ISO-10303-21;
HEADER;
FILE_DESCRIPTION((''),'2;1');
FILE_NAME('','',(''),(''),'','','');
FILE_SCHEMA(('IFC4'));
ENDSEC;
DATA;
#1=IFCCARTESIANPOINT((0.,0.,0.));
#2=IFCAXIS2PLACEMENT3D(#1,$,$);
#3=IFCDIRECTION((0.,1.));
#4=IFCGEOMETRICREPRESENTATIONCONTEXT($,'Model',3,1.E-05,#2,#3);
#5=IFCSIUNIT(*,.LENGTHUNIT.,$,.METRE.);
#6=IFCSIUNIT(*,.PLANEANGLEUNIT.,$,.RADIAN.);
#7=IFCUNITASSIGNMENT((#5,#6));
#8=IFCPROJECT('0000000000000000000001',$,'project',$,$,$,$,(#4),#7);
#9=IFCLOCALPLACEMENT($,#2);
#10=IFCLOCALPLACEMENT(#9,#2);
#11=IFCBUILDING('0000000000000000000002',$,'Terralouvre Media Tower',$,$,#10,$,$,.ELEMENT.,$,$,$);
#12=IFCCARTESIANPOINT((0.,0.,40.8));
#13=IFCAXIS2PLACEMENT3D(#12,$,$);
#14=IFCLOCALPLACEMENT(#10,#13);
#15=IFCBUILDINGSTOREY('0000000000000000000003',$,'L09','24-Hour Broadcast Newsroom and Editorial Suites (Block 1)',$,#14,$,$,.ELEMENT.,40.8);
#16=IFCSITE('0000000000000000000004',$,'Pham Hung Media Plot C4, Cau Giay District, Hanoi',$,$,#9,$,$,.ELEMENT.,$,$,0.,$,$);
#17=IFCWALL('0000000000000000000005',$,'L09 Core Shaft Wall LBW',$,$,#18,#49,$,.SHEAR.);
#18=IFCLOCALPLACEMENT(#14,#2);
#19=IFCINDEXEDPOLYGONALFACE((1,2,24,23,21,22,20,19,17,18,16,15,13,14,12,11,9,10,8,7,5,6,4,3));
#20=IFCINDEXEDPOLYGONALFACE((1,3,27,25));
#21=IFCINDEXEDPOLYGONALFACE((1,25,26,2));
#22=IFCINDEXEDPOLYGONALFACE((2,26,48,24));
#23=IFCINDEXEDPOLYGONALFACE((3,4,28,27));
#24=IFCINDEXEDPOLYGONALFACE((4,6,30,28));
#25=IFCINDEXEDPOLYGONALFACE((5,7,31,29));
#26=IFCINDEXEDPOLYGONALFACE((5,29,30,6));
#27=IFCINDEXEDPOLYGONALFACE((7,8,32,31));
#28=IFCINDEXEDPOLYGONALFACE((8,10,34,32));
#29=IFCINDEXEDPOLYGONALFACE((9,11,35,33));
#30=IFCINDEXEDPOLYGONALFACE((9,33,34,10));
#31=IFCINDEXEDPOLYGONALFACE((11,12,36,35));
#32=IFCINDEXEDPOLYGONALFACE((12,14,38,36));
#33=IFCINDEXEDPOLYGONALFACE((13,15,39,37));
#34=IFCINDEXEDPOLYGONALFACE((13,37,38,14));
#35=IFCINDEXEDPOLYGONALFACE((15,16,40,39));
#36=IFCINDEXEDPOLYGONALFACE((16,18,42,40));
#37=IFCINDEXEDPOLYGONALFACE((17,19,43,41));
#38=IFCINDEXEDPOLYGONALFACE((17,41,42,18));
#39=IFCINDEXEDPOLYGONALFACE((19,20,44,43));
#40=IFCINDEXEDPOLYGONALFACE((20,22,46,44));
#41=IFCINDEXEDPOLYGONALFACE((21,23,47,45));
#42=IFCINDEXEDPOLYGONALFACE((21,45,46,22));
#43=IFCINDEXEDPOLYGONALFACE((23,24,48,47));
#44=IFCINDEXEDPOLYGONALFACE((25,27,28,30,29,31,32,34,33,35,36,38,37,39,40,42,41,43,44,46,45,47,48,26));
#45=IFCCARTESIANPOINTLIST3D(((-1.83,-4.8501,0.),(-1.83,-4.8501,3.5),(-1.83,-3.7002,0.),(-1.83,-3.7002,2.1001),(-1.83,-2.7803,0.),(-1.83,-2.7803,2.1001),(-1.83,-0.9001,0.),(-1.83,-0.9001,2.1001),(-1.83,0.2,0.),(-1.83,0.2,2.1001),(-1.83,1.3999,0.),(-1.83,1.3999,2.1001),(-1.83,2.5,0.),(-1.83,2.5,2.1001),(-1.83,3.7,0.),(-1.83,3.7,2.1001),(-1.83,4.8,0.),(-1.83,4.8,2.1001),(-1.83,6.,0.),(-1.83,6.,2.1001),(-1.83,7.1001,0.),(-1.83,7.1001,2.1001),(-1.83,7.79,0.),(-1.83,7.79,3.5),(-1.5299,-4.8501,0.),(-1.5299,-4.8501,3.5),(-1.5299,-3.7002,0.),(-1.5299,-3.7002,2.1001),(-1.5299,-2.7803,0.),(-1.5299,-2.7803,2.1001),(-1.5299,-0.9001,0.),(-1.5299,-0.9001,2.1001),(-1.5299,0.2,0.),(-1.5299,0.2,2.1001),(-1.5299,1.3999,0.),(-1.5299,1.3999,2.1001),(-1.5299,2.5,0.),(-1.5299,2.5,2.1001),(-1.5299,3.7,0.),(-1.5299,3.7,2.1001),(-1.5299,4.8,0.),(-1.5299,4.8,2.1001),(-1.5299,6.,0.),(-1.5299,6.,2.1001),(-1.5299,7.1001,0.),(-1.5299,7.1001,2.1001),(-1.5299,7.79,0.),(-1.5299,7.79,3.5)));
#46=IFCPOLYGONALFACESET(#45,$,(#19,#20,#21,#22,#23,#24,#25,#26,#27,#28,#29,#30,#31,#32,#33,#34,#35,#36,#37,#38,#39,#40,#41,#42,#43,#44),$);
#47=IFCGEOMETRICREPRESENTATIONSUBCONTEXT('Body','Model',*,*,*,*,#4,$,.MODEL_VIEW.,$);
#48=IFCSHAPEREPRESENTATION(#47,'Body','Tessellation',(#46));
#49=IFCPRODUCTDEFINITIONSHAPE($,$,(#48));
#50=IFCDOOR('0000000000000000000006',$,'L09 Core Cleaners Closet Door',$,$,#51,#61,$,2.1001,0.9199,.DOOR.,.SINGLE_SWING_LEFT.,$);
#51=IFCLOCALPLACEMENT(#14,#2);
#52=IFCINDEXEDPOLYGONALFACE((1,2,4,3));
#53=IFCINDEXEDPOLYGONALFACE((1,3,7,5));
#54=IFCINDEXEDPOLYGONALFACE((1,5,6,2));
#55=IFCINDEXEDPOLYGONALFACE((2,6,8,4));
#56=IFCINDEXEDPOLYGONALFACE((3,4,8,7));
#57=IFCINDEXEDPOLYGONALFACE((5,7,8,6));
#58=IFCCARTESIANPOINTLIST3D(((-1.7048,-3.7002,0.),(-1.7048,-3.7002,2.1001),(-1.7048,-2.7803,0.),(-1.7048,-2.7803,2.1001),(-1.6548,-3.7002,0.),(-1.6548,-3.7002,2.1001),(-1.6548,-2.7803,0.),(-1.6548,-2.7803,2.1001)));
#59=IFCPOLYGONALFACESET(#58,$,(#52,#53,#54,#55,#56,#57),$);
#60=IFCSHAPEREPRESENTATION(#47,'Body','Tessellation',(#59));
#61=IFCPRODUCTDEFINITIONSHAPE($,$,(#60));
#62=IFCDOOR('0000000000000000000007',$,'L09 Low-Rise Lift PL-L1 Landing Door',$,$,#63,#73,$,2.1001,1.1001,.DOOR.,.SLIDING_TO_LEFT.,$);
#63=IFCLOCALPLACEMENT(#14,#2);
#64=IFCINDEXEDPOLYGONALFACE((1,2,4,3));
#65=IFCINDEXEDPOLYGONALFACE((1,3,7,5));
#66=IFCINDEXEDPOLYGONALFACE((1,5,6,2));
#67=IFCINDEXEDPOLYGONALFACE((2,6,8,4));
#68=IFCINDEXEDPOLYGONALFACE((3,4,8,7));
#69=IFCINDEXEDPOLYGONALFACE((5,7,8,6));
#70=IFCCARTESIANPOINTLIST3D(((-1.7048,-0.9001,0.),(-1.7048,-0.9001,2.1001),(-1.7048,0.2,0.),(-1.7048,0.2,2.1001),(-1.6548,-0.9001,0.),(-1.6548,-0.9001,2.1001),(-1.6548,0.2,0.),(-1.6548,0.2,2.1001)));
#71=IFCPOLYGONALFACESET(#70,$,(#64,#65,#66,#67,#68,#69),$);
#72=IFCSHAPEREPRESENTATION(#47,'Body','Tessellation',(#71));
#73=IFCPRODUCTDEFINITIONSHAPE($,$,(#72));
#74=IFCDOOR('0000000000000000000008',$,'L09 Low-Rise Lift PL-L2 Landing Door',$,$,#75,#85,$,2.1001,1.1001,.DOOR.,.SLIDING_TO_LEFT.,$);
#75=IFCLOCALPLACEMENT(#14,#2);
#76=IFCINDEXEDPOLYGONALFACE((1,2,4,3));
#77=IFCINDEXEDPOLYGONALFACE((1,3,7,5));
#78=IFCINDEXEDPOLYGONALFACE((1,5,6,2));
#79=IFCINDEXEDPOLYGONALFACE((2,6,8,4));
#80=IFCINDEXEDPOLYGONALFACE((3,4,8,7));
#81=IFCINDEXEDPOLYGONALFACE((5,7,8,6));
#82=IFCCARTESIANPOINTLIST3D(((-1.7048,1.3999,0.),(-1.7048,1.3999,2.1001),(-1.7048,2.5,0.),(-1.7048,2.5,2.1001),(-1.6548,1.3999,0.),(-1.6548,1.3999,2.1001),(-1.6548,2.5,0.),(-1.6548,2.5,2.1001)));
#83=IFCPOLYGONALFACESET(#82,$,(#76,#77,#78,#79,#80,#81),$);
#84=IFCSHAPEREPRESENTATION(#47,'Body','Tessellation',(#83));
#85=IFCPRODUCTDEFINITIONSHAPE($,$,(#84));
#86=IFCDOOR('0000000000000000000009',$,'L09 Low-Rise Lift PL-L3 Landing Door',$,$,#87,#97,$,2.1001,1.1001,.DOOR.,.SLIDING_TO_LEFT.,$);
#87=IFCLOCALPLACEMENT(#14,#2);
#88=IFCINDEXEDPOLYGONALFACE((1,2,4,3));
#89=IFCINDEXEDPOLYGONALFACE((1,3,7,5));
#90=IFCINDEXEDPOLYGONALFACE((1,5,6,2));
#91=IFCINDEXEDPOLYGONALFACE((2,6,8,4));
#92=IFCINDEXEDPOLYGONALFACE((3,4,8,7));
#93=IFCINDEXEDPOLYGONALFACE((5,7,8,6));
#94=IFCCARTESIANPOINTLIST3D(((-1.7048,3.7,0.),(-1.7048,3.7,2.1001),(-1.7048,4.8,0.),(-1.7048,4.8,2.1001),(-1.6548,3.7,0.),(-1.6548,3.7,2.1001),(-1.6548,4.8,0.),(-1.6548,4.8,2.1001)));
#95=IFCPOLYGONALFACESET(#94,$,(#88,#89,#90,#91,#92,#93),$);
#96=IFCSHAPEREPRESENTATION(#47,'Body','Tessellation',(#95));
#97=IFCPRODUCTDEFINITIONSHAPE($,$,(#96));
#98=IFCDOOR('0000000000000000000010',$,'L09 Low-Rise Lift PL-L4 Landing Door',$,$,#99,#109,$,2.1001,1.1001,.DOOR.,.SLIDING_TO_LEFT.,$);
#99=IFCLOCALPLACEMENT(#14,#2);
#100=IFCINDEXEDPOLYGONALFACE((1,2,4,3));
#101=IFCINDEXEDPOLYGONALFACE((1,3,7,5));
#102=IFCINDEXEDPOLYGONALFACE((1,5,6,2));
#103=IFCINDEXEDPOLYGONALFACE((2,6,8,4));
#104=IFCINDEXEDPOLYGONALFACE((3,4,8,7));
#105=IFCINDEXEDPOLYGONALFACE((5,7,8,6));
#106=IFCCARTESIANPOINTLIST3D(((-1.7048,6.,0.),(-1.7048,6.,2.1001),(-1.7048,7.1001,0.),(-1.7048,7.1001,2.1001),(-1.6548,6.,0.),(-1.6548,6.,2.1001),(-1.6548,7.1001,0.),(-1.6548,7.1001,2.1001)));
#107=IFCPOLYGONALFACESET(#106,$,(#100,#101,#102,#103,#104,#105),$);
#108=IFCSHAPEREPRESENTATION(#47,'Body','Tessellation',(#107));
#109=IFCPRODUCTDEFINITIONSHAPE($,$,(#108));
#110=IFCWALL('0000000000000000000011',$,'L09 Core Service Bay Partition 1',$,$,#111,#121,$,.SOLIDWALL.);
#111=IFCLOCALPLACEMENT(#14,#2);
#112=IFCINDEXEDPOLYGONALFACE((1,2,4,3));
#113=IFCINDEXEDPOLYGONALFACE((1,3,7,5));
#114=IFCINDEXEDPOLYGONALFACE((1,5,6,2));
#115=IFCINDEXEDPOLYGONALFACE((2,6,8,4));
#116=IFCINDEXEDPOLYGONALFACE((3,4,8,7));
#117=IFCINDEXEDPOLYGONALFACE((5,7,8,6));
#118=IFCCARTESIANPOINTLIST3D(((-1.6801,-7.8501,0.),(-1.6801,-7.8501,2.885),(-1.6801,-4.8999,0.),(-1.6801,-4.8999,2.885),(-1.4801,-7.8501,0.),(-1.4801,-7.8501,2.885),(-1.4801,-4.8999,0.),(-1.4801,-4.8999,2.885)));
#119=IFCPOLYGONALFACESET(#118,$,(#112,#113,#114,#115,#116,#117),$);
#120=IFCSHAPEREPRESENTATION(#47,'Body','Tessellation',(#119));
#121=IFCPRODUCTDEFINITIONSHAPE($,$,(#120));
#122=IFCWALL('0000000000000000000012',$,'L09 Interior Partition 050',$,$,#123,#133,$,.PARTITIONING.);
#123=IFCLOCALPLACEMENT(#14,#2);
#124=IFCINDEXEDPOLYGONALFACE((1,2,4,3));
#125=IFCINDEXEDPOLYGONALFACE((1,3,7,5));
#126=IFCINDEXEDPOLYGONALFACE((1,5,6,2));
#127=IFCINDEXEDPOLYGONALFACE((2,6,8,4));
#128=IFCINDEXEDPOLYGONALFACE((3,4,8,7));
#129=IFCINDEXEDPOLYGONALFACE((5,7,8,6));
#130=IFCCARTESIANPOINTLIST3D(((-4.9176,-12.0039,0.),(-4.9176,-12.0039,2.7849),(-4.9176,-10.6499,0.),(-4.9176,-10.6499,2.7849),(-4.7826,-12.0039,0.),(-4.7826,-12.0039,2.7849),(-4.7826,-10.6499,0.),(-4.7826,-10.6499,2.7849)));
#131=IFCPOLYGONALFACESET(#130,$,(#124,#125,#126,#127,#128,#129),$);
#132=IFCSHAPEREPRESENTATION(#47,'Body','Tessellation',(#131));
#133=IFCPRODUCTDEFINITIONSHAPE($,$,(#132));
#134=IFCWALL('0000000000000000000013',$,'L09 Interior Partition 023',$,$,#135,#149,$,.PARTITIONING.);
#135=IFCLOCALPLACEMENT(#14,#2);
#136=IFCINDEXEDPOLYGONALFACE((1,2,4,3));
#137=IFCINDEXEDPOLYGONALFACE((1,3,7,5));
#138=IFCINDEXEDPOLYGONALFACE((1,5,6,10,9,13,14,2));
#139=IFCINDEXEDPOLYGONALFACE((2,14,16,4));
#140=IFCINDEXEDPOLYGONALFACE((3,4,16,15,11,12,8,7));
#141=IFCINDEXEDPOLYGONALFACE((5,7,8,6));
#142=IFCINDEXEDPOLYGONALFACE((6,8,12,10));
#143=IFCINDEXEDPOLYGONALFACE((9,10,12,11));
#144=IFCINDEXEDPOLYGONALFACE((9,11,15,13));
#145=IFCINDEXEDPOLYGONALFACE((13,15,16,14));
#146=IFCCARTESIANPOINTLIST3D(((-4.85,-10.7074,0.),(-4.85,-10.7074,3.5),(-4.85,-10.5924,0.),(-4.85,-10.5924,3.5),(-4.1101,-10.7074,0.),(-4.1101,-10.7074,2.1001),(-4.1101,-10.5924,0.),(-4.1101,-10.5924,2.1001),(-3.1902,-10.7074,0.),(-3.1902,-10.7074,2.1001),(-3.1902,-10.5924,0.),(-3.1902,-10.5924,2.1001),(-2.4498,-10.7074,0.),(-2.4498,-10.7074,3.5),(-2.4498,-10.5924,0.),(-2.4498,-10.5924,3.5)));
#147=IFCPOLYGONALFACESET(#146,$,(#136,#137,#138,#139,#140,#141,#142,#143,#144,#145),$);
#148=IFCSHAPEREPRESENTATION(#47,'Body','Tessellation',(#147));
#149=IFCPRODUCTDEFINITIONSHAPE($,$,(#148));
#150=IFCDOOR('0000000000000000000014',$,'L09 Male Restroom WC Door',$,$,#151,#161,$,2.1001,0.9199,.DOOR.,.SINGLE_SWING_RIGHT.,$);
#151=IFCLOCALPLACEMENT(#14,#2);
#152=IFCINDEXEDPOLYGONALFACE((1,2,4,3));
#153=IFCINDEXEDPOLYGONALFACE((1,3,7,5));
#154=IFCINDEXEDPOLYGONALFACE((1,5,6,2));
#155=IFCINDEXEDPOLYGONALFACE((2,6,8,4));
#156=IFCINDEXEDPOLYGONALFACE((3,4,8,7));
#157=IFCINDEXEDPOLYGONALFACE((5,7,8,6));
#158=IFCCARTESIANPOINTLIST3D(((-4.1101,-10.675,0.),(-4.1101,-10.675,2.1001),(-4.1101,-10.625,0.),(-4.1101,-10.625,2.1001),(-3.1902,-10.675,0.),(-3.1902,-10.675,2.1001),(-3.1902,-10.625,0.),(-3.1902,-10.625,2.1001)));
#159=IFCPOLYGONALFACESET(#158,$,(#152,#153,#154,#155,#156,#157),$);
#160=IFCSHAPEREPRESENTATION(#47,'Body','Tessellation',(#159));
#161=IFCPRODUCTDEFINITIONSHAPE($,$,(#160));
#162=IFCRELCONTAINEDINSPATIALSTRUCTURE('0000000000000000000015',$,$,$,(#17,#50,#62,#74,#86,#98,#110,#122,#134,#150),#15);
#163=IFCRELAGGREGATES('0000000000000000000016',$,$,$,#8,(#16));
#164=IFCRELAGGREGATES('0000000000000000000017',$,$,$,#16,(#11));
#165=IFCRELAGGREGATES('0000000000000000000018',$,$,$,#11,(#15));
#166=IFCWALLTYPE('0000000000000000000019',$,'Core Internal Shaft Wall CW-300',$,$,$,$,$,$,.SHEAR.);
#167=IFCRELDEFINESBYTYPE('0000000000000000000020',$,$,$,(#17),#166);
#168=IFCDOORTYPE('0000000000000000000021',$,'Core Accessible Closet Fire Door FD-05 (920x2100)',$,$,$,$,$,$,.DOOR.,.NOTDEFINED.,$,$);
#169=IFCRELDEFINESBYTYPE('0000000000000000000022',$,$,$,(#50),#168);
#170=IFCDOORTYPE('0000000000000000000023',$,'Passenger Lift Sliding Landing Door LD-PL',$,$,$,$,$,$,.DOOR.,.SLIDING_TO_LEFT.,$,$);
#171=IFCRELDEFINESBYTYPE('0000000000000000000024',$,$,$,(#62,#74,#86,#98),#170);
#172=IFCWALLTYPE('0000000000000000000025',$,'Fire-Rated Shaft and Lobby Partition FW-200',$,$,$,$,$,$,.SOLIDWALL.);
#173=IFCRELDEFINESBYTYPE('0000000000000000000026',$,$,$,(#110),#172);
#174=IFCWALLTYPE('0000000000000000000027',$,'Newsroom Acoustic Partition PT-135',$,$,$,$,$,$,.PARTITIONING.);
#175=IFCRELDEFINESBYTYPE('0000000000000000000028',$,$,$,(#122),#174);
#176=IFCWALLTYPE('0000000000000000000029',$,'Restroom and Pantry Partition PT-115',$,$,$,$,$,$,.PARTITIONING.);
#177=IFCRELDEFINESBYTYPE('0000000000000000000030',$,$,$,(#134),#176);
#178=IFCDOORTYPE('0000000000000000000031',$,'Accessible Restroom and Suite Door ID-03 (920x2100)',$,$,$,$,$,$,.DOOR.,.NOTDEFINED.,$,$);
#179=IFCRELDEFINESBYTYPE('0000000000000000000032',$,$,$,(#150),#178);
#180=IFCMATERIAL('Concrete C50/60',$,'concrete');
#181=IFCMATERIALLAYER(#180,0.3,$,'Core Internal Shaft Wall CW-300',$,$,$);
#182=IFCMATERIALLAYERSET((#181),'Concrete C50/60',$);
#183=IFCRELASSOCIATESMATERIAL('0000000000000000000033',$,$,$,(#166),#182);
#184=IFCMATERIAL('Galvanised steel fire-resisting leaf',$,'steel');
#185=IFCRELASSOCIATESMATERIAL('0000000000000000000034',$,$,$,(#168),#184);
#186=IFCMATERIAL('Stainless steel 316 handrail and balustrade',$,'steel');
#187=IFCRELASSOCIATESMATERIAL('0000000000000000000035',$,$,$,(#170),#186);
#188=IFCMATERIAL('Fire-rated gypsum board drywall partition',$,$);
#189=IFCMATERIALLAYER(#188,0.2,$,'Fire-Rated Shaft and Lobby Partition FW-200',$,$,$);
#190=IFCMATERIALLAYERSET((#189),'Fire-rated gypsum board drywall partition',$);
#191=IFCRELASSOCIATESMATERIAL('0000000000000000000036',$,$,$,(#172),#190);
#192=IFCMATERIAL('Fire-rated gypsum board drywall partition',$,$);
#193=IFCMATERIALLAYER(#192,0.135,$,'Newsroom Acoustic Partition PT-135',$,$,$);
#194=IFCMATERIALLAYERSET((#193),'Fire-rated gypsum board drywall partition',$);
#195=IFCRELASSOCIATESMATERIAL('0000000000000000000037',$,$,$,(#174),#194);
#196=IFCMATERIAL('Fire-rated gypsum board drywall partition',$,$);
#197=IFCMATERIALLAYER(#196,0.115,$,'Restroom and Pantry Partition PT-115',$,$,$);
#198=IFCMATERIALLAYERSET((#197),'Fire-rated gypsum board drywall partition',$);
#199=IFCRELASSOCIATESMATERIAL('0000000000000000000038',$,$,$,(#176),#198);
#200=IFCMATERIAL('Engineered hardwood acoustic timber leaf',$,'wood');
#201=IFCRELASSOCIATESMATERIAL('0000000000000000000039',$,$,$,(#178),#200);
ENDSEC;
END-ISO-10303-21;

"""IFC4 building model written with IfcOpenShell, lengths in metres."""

from ifc_helpers import new_model, si_unit, direction, frame, frame_2d, origin, place, context, subcontext, project, spatial, rectangle, extrude, material, layer, layer_set, type_object, element, fill, save


model = new_model("IFC4")

# Units and contexts
model_context = context("Model", 3, precision=1e-05, world=origin(), true_north=direction((0.0, 1.0)))
body_context = subcontext(model_context, "Body", "Model", "MODEL_VIEW")
ifc_project = project(units=[si_unit("LENGTHUNIT", "METRE"), si_unit("PLANEANGLEUNIT", "RADIAN")], contexts=[model_context])

# Site, building, storey
site_placement = place(None, origin())
site = spatial("IfcSite", under=ifc_project, at=site_placement, Name="Pham Hung Media Plot C4, Cau Giay District, Hanoi", CompositionType="ELEMENT", RefElevation=0.0)
building_placement = place(site_placement, origin())
building = spatial("IfcBuilding", under=site, at=building_placement, Name="Terralouvre Media Tower", CompositionType="ELEMENT")
storey_placement = place(building_placement, frame((0.0, 0.0, 40.8)))
storey = spatial("IfcBuildingStorey", under=building, at=storey_placement, Name="L09", Description="24-Hour Broadcast Newsroom and Editorial Suites (Block 1)", CompositionType="ELEMENT", Elevation=40.8)

# Shared definitions
ifc_material_1 = material(Name="Concrete C50/60", Category="concrete")
ifc_layer_1 = layer(ifc_material_1, 0.3, Name="Core Internal Shaft Wall CW-300")
ifc_layer_set_1 = layer_set([ifc_layer_1], Name="Concrete C50/60")
wall_type_1 = type_object("IfcWallType", Name="Core Internal Shaft Wall CW-300", PredefinedType="SHEAR", material=ifc_layer_set_1)

# Wall, openings, doors
wall_1_placement = place(storey_placement, frame((-1.6799, -4.8501, 0.0), z_axis=(0.0, 0.0, 1.0), x_axis=(0.0, 1.0, 0.0)))
wall_1 = element("IfcWall", 1, at=wall_1_placement, inside=storey, type_object=wall_type_1, Name="L09 Core Shaft Wall LBW", PredefinedType="SHEAR", context=body_context, shape_type="SweptSolid", body=[
    extrude(rectangle(XDim=12.6401, YDim=0.3, at=frame_2d((6.3201, 0.0))), origin(), (0.0, 0.0, 1.0), 3.5),
])
opening_1_placement = place(wall_1_placement, frame((3.95, 0.0, 0.0)))
opening_1 = element("IfcOpeningElement", 2, at=opening_1_placement, cuts=wall_1, PredefinedType="OPENING", context=body_context, shape_type="SweptSolid", body=[
    extrude(rectangle(XDim=1.1001, YDim=2.1001, at=frame_2d((0.55, 1.05))), frame((0.0, 0.1599, 0.0), z_axis=(0.0, -1.0, 0.0), x_axis=(1.0, 0.0, 0.0)), (0.0, 0.0, 1.0), 0.3201),
])
opening_2_placement = place(wall_1_placement, frame((6.25, 0.0, 0.0)))
opening_2 = element("IfcOpeningElement", 3, at=opening_2_placement, cuts=wall_1, PredefinedType="OPENING", context=body_context, shape_type="SweptSolid", body=[
    extrude(rectangle(XDim=1.1001, YDim=2.1001, at=frame_2d((0.55, 1.05))), frame((0.0, 0.1599, 0.0), z_axis=(0.0, -1.0, 0.0), x_axis=(1.0, 0.0, 0.0)), (0.0, 0.0, 1.0), 0.3201),
])
opening_3_placement = place(wall_1_placement, frame((8.55, 0.0, 0.0)))
opening_3 = element("IfcOpeningElement", 4, at=opening_3_placement, cuts=wall_1, PredefinedType="OPENING", context=body_context, shape_type="SweptSolid", body=[
    extrude(rectangle(XDim=1.1001, YDim=2.1001, at=frame_2d((0.55, 1.05))), frame((0.0, 0.1599, 0.0), z_axis=(0.0, -1.0, 0.0), x_axis=(1.0, 0.0, 0.0)), (0.0, 0.0, 1.0), 0.3201),
])
opening_4_placement = place(wall_1_placement, frame((10.8501, 0.0, 0.0)))
opening_4 = element("IfcOpeningElement", 5, at=opening_4_placement, cuts=wall_1, PredefinedType="OPENING", context=body_context, shape_type="SweptSolid", body=[
    extrude(rectangle(XDim=1.1001, YDim=2.1001, at=frame_2d((0.55, 1.05))), frame((0.0, 0.1599, 0.0), z_axis=(0.0, -1.0, 0.0), x_axis=(1.0, 0.0, 0.0)), (0.0, 0.0, 1.0), 0.3201),
])
opening_5_placement = place(wall_1_placement, frame((1.1499, 0.0, 0.0)))
opening_5 = element("IfcOpeningElement", 6, at=opening_5_placement, cuts=wall_1, PredefinedType="OPENING", context=body_context, shape_type="SweptSolid", body=[
    extrude(rectangle(XDim=0.9199, YDim=2.1001, at=frame_2d((0.46, 1.05))), frame((0.0, 0.1599, 0.0), z_axis=(0.0, -1.0, 0.0), x_axis=(1.0, 0.0, 0.0)), (0.0, 0.0, 1.0), 0.3201),
])
ifc_material_2 = material(Name="Galvanised steel fire-resisting leaf", Category="steel")
door_type_1 = type_object("IfcDoorType", Name="Core Accessible Closet Fire Door FD-05 (920x2100)", OperationType="NOTDEFINED", PredefinedType="DOOR", material=ifc_material_2)
door_1_placement = place(opening_5_placement, origin())
door_1 = element("IfcDoor", 7, at=door_1_placement, inside=storey, type_object=door_type_1, Name="L09 Core Cleaners Closet Door", OperationType="SINGLE_SWING_LEFT", OverallHeight=2.1001, OverallWidth=0.9199, PredefinedType="DOOR", context=body_context, shape_type="SweptSolid", body=[
    extrude(rectangle(XDim=0.9199, YDim=2.1001, at=frame_2d((0.46, 1.05))), frame((0.0, 0.0249, 0.0), z_axis=(0.0, -1.0, 0.0), x_axis=(1.0, 0.0, 0.0)), (0.0, 0.0, 1.0), 0.05),
])
fill(opening_5, door_1)
ifc_material_3 = material(Name="Stainless steel 316 handrail and balustrade", Category="steel")
door_type_2 = type_object("IfcDoorType", Name="Passenger Lift Sliding Landing Door LD-PL", OperationType="SLIDING_TO_LEFT", PredefinedType="DOOR", material=ifc_material_3)
door_2_placement = place(opening_1_placement, origin())
door_2 = element("IfcDoor", 8, at=door_2_placement, inside=storey, type_object=door_type_2, Name="L09 Low-Rise Lift PL-L1 Landing Door", OperationType="SLIDING_TO_LEFT", OverallHeight=2.1001, OverallWidth=1.1001, PredefinedType="DOOR", context=body_context, shape_type="SweptSolid", body=[
    extrude(rectangle(XDim=1.1001, YDim=2.1001, at=frame_2d((0.55, 1.05))), frame((0.0, 0.0249, 0.0), z_axis=(0.0, -1.0, 0.0), x_axis=(1.0, 0.0, 0.0)), (0.0, 0.0, 1.0), 0.05),
])
fill(opening_1, door_2)
door_3_placement = place(opening_2_placement, origin())
door_3 = element("IfcDoor", 9, at=door_3_placement, inside=storey, type_object=door_type_2, Name="L09 Low-Rise Lift PL-L2 Landing Door", OperationType="SLIDING_TO_LEFT", OverallHeight=2.1001, OverallWidth=1.1001, PredefinedType="DOOR", context=body_context, shape_type="SweptSolid", body=[
    extrude(rectangle(XDim=1.1001, YDim=2.1001, at=frame_2d((0.55, 1.05))), frame((0.0, 0.0249, 0.0), z_axis=(0.0, -1.0, 0.0), x_axis=(1.0, 0.0, 0.0)), (0.0, 0.0, 1.0), 0.05),
])
fill(opening_2, door_3)
door_4_placement = place(opening_3_placement, origin())
door_4 = element("IfcDoor", 10, at=door_4_placement, inside=storey, type_object=door_type_2, Name="L09 Low-Rise Lift PL-L3 Landing Door", OperationType="SLIDING_TO_LEFT", OverallHeight=2.1001, OverallWidth=1.1001, PredefinedType="DOOR", context=body_context, shape_type="SweptSolid", body=[
    extrude(rectangle(XDim=1.1001, YDim=2.1001, at=frame_2d((0.55, 1.05))), frame((0.0, 0.0249, 0.0), z_axis=(0.0, -1.0, 0.0), x_axis=(1.0, 0.0, 0.0)), (0.0, 0.0, 1.0), 0.05),
])
fill(opening_3, door_4)
door_5_placement = place(opening_4_placement, origin())
door_5 = element("IfcDoor", 11, at=door_5_placement, inside=storey, type_object=door_type_2, Name="L09 Low-Rise Lift PL-L4 Landing Door", OperationType="SLIDING_TO_LEFT", OverallHeight=2.1001, OverallWidth=1.1001, PredefinedType="DOOR", context=body_context, shape_type="SweptSolid", body=[
    extrude(rectangle(XDim=1.1001, YDim=2.1001, at=frame_2d((0.55, 1.05))), frame((0.0, 0.0249, 0.0), z_axis=(0.0, -1.0, 0.0), x_axis=(1.0, 0.0, 0.0)), (0.0, 0.0, 1.0), 0.05),
])
fill(opening_4, door_5)

# Walls
ifc_material_4 = material(Name="Fire-rated gypsum board drywall partition")
ifc_layer_2 = layer(ifc_material_4, 0.2, Name="Fire-Rated Shaft and Lobby Partition FW-200")
ifc_layer_set_2 = layer_set([ifc_layer_2], Name="Fire-rated gypsum board drywall partition")
wall_type_2 = type_object("IfcWallType", Name="Fire-Rated Shaft and Lobby Partition FW-200", PredefinedType="SOLIDWALL", material=ifc_layer_set_2)
wall_2_placement = place(storey_placement, frame((-1.5801, -7.8501, 0.0), z_axis=(0.0, 0.0, 1.0), x_axis=(0.0, 1.0, 0.0)))
element("IfcWall", 12, at=wall_2_placement, inside=storey, type_object=wall_type_2, Name="L09 Core Service Bay Partition 1", PredefinedType="SOLIDWALL", context=body_context, shape_type="SweptSolid", body=[
    extrude(rectangle(XDim=2.9502, YDim=0.2, at=frame_2d((1.4751, 0.0))), origin(), (0.0, 0.0, 1.0), 2.885),
])
ifc_material_5 = material(Name="Fire-rated gypsum board drywall partition")
ifc_layer_3 = layer(ifc_material_5, 0.135, Name="Newsroom Acoustic Partition PT-135")
ifc_layer_set_3 = layer_set([ifc_layer_3], Name="Fire-rated gypsum board drywall partition")
wall_type_3 = type_object("IfcWallType", Name="Newsroom Acoustic Partition PT-135", PredefinedType="PARTITIONING", material=ifc_layer_set_3)
wall_3_placement = place(storey_placement, frame((-4.8501, -12.0039, 0.0), z_axis=(0.0, 0.0, 1.0), x_axis=(0.0, 1.0, 0.0)))
element("IfcWall", 13, at=wall_3_placement, inside=storey, type_object=wall_type_3, Name="L09 Interior Partition 050", PredefinedType="PARTITIONING", context=body_context, shape_type="SweptSolid", body=[
    extrude(rectangle(XDim=1.354, YDim=0.135, at=frame_2d((0.677, 0.0))), origin(), (0.0, 0.0, 1.0), 2.7849),
])

# Wall, opening, door
ifc_material_6 = material(Name="Fire-rated gypsum board drywall partition")
ifc_layer_4 = layer(ifc_material_6, 0.115, Name="Restroom and Pantry Partition PT-115")
ifc_layer_set_4 = layer_set([ifc_layer_4], Name="Fire-rated gypsum board drywall partition")
wall_type_4 = type_object("IfcWallType", Name="Restroom and Pantry Partition PT-115", PredefinedType="PARTITIONING", material=ifc_layer_set_4)
wall_4_placement = place(storey_placement, frame((-4.8501, -10.6499, 0.0), z_axis=(0.0, 0.0, 1.0), x_axis=(1.0, 0.0, 0.0)))
wall_4 = element("IfcWall", 14, at=wall_4_placement, inside=storey, type_object=wall_type_4, Name="L09 Interior Partition 023", PredefinedType="PARTITIONING", context=body_context, shape_type="SweptSolid", body=[
    extrude(rectangle(XDim=2.4001, YDim=0.115, at=frame_2d((1.2002, 0.0))), origin(), (0.0, 0.0, 1.0), 3.5),
])
opening_6_placement = place(wall_4_placement, frame((0.74, 0.0, 0.0)))
opening_6 = element("IfcOpeningElement", 15, at=opening_6_placement, cuts=wall_4, PredefinedType="OPENING", context=body_context, shape_type="SweptSolid", body=[
    extrude(rectangle(XDim=0.9199, YDim=2.1001, at=frame_2d((0.46, 1.05))), frame((0.0, 0.0674, 0.0), z_axis=(0.0, -1.0, 0.0), x_axis=(1.0, 0.0, 0.0)), (0.0, 0.0, 1.0), 0.135),
])
ifc_material_7 = material(Name="Engineered hardwood acoustic timber leaf", Category="wood")
door_type_3 = type_object("IfcDoorType", Name="Accessible Restroom and Suite Door ID-03 (920x2100)", OperationType="NOTDEFINED", PredefinedType="DOOR", material=ifc_material_7)
door_6_placement = place(opening_6_placement, origin())
door_6 = element("IfcDoor", 16, at=door_6_placement, inside=storey, type_object=door_type_3, Name="L09 Male Restroom WC Door", OperationType="SINGLE_SWING_RIGHT", OverallHeight=2.1001, OverallWidth=0.9199, PredefinedType="DOOR", context=body_context, shape_type="SweptSolid", body=[
    extrude(rectangle(XDim=0.9199, YDim=2.1001, at=frame_2d((0.46, 1.05))), frame((0.0, 0.0249, 0.0), z_axis=(0.0, -1.0, 0.0), x_axis=(1.0, 0.0, 0.0)), (0.0, 0.0, 1.0), 0.05),
])
fill(opening_6, door_6)

save(model, "model.ifc")
